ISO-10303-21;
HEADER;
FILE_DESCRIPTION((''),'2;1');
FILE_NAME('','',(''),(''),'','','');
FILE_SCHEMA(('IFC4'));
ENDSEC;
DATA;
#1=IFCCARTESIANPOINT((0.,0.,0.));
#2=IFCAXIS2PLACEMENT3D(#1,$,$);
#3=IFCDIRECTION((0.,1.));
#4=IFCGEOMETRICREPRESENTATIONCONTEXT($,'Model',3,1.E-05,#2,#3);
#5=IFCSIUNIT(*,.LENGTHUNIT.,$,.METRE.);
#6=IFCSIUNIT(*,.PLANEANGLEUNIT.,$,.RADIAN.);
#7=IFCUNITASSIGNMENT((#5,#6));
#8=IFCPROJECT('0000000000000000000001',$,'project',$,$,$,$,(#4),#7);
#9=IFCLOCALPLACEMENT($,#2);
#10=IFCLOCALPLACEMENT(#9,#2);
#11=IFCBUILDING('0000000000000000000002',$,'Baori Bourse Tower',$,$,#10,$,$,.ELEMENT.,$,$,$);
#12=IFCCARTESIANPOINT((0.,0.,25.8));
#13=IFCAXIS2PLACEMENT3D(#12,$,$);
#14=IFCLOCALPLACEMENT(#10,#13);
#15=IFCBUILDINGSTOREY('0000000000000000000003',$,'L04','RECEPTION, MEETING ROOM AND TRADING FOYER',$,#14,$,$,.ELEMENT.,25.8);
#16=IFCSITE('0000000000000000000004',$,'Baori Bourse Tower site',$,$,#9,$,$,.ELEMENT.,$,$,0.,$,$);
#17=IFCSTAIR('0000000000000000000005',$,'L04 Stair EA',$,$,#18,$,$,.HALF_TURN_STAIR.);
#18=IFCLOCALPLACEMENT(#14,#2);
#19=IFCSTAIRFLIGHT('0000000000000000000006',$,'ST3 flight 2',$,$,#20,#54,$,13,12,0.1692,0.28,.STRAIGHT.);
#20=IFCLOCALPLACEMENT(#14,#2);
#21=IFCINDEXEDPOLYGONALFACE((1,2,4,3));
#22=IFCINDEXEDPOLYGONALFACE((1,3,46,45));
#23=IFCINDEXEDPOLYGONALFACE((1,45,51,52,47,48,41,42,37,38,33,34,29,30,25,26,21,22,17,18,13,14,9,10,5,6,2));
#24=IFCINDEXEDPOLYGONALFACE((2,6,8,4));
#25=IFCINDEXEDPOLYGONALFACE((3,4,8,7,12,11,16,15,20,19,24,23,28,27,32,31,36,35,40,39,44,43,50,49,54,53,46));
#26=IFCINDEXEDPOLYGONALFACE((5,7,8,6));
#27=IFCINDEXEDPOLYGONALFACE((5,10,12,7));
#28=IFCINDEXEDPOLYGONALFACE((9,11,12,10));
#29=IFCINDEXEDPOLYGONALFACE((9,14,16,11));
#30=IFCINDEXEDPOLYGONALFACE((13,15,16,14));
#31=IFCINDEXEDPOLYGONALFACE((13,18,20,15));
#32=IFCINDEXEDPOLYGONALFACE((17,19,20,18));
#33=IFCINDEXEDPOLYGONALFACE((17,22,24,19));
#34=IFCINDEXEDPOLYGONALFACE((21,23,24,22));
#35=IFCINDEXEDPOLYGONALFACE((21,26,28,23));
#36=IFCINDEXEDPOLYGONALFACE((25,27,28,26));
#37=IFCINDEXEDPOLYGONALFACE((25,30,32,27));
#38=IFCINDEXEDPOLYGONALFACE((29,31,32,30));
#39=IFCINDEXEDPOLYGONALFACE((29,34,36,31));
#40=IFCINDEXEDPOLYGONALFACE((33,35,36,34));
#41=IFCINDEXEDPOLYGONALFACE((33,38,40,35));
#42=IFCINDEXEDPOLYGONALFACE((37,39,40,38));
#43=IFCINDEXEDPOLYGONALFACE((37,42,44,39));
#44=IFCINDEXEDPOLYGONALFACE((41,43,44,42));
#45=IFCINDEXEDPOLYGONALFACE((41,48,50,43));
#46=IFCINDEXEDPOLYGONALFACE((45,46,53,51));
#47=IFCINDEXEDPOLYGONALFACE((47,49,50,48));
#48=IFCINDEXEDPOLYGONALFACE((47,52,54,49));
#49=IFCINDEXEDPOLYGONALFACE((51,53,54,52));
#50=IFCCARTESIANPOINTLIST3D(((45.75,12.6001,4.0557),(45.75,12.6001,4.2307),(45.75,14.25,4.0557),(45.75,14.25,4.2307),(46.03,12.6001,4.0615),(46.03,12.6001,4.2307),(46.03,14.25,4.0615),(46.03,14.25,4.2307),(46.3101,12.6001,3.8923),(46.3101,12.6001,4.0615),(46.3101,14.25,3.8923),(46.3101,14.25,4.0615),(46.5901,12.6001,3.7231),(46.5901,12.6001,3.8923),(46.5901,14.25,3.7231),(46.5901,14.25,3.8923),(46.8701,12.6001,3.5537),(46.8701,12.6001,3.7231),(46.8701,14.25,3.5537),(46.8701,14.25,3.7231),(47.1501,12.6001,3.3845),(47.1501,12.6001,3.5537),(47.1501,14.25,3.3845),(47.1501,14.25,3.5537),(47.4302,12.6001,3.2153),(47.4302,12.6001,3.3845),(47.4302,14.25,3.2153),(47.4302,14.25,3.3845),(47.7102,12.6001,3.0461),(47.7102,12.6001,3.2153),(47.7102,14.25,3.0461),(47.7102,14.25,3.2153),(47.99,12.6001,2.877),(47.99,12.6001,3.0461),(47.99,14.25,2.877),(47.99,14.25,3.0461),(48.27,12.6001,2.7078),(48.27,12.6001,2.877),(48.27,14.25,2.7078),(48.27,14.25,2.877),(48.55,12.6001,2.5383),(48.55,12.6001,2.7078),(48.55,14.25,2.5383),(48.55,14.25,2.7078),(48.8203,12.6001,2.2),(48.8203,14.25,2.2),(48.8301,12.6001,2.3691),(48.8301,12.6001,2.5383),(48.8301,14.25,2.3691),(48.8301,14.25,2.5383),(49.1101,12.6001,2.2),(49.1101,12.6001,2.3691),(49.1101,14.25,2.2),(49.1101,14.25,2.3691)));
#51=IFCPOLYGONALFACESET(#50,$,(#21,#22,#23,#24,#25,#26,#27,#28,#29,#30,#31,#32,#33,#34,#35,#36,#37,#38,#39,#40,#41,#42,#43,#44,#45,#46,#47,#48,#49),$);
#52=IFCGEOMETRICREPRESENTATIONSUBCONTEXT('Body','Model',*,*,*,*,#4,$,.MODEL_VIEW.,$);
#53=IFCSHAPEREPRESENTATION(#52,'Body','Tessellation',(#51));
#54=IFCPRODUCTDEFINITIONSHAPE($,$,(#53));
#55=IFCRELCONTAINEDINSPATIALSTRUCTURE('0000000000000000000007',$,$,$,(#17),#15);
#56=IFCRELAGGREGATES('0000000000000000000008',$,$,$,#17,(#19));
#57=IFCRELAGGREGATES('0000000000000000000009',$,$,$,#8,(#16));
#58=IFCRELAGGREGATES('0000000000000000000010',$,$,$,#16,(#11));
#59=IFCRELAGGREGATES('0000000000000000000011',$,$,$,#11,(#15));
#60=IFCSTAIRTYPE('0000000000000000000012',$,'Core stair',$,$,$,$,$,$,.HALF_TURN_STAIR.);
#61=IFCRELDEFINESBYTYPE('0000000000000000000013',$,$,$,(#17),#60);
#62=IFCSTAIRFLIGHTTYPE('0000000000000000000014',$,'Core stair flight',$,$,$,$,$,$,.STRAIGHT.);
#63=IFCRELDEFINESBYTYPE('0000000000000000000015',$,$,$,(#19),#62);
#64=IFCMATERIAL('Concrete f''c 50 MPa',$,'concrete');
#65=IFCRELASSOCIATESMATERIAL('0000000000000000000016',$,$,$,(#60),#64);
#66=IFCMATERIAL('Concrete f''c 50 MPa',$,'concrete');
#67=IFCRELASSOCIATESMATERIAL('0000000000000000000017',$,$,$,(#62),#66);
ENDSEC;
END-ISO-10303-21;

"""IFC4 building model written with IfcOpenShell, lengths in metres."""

from ifc_helpers import new_model, si_unit, direction, frame, origin, place, context, subcontext, project, spatial, polyline, outline, extrude, material, type_object, element, aggregate, save


model = new_model("IFC4")

# Units and contexts
model_context = context("Model", 3, precision=1e-05, world=origin(), true_north=direction((0.0, 1.0)))
body_context = subcontext(model_context, "Body", "Model", "MODEL_VIEW")
ifc_project = project(units=[si_unit("LENGTHUNIT", "METRE"), si_unit("PLANEANGLEUNIT", "RADIAN")], contexts=[model_context])

# Site, building, storey
site_placement = place(None, origin())
site = spatial("IfcSite", under=ifc_project, at=site_placement, Name="Baori Bourse Tower site", CompositionType="ELEMENT", RefElevation=0.0)
building_placement = place(site_placement, origin())
building = spatial("IfcBuilding", under=site, at=building_placement, Name="Baori Bourse Tower", CompositionType="ELEMENT")
storey_placement = place(building_placement, frame((0.0, 0.0, 25.8)))
storey = spatial("IfcBuildingStorey", under=building, at=storey_placement, Name="L04", Description="RECEPTION, MEETING ROOM AND TRADING FOYER", CompositionType="ELEMENT", Elevation=25.8)

# Stair, stair flight
ifc_material_1 = material(Name="Concrete f'c 50 MPa", Category="concrete")
stair_type = type_object("IfcStairType", Name="Core stair", PredefinedType="HALF_TURN_STAIR", material=ifc_material_1)
stair_placement = place(storey_placement, origin())
stair = element("IfcStair", 1, at=stair_placement, inside=storey, type_object=stair_type, Name="L04 Stair EA", PredefinedType="HALF_TURN_STAIR")
ifc_material_2 = material(Name="Concrete f'c 50 MPa", Category="concrete")
stair_flight_type = type_object("IfcStairFlightType", Name="Core stair flight", PredefinedType="STRAIGHT", material=ifc_material_2)
stair_flight_1_placement = place(storey_placement, frame((49.1101, 13.425, 2.2), z_axis=(0.0, 0.0, 1.0), x_axis=(-1.0, 0.0, 0.0)))
stair_flight_1 = element("IfcStairFlight", 2, at=stair_flight_1_placement, type_object=stair_flight_type, Name="ST3 flight 2", NumberOfRisers=13, NumberOfTreads=12, PredefinedType="STRAIGHT", RiserHeight=0.1692, TreadLength=0.28, context=body_context, shape_type="SweptSolid", body=[
    extrude(outline(polyline([(0.0, 0.0), (0.0, 0.1692), (0.28, 0.1692), (0.28, 0.3384), (0.5601, 0.3384), (0.5601, 0.5078), (0.8401, 0.5078), (0.8401, 0.677), (1.1201, 0.677), (1.1201, 0.8462), (1.3999, 0.8462), (1.3999, 1.0154), (1.6799, 1.0154), (1.6799, 1.1846), (1.96, 1.1846), (1.96, 1.3538), (2.24, 1.3538), (2.24, 1.5232), (2.52, 1.5232), (2.52, 1.6924), (2.8, 1.6924), (2.8, 1.8616), (3.0801, 1.8616), (3.0801, 2.0308), (3.3601, 2.0308), (3.3601, 2.2), (3.3601, 1.8557), (0.2898, 0.0), (0.0, 0.0)])), frame((0.0, 0.825, 0.0), z_axis=(0.0, -1.0, 0.0), x_axis=(1.0, 0.0, 0.0)), (0.0, 0.0, 1.0), 1.6499),
])
aggregate(stair, [stair_flight_1])

save(model, "model.ifc")
